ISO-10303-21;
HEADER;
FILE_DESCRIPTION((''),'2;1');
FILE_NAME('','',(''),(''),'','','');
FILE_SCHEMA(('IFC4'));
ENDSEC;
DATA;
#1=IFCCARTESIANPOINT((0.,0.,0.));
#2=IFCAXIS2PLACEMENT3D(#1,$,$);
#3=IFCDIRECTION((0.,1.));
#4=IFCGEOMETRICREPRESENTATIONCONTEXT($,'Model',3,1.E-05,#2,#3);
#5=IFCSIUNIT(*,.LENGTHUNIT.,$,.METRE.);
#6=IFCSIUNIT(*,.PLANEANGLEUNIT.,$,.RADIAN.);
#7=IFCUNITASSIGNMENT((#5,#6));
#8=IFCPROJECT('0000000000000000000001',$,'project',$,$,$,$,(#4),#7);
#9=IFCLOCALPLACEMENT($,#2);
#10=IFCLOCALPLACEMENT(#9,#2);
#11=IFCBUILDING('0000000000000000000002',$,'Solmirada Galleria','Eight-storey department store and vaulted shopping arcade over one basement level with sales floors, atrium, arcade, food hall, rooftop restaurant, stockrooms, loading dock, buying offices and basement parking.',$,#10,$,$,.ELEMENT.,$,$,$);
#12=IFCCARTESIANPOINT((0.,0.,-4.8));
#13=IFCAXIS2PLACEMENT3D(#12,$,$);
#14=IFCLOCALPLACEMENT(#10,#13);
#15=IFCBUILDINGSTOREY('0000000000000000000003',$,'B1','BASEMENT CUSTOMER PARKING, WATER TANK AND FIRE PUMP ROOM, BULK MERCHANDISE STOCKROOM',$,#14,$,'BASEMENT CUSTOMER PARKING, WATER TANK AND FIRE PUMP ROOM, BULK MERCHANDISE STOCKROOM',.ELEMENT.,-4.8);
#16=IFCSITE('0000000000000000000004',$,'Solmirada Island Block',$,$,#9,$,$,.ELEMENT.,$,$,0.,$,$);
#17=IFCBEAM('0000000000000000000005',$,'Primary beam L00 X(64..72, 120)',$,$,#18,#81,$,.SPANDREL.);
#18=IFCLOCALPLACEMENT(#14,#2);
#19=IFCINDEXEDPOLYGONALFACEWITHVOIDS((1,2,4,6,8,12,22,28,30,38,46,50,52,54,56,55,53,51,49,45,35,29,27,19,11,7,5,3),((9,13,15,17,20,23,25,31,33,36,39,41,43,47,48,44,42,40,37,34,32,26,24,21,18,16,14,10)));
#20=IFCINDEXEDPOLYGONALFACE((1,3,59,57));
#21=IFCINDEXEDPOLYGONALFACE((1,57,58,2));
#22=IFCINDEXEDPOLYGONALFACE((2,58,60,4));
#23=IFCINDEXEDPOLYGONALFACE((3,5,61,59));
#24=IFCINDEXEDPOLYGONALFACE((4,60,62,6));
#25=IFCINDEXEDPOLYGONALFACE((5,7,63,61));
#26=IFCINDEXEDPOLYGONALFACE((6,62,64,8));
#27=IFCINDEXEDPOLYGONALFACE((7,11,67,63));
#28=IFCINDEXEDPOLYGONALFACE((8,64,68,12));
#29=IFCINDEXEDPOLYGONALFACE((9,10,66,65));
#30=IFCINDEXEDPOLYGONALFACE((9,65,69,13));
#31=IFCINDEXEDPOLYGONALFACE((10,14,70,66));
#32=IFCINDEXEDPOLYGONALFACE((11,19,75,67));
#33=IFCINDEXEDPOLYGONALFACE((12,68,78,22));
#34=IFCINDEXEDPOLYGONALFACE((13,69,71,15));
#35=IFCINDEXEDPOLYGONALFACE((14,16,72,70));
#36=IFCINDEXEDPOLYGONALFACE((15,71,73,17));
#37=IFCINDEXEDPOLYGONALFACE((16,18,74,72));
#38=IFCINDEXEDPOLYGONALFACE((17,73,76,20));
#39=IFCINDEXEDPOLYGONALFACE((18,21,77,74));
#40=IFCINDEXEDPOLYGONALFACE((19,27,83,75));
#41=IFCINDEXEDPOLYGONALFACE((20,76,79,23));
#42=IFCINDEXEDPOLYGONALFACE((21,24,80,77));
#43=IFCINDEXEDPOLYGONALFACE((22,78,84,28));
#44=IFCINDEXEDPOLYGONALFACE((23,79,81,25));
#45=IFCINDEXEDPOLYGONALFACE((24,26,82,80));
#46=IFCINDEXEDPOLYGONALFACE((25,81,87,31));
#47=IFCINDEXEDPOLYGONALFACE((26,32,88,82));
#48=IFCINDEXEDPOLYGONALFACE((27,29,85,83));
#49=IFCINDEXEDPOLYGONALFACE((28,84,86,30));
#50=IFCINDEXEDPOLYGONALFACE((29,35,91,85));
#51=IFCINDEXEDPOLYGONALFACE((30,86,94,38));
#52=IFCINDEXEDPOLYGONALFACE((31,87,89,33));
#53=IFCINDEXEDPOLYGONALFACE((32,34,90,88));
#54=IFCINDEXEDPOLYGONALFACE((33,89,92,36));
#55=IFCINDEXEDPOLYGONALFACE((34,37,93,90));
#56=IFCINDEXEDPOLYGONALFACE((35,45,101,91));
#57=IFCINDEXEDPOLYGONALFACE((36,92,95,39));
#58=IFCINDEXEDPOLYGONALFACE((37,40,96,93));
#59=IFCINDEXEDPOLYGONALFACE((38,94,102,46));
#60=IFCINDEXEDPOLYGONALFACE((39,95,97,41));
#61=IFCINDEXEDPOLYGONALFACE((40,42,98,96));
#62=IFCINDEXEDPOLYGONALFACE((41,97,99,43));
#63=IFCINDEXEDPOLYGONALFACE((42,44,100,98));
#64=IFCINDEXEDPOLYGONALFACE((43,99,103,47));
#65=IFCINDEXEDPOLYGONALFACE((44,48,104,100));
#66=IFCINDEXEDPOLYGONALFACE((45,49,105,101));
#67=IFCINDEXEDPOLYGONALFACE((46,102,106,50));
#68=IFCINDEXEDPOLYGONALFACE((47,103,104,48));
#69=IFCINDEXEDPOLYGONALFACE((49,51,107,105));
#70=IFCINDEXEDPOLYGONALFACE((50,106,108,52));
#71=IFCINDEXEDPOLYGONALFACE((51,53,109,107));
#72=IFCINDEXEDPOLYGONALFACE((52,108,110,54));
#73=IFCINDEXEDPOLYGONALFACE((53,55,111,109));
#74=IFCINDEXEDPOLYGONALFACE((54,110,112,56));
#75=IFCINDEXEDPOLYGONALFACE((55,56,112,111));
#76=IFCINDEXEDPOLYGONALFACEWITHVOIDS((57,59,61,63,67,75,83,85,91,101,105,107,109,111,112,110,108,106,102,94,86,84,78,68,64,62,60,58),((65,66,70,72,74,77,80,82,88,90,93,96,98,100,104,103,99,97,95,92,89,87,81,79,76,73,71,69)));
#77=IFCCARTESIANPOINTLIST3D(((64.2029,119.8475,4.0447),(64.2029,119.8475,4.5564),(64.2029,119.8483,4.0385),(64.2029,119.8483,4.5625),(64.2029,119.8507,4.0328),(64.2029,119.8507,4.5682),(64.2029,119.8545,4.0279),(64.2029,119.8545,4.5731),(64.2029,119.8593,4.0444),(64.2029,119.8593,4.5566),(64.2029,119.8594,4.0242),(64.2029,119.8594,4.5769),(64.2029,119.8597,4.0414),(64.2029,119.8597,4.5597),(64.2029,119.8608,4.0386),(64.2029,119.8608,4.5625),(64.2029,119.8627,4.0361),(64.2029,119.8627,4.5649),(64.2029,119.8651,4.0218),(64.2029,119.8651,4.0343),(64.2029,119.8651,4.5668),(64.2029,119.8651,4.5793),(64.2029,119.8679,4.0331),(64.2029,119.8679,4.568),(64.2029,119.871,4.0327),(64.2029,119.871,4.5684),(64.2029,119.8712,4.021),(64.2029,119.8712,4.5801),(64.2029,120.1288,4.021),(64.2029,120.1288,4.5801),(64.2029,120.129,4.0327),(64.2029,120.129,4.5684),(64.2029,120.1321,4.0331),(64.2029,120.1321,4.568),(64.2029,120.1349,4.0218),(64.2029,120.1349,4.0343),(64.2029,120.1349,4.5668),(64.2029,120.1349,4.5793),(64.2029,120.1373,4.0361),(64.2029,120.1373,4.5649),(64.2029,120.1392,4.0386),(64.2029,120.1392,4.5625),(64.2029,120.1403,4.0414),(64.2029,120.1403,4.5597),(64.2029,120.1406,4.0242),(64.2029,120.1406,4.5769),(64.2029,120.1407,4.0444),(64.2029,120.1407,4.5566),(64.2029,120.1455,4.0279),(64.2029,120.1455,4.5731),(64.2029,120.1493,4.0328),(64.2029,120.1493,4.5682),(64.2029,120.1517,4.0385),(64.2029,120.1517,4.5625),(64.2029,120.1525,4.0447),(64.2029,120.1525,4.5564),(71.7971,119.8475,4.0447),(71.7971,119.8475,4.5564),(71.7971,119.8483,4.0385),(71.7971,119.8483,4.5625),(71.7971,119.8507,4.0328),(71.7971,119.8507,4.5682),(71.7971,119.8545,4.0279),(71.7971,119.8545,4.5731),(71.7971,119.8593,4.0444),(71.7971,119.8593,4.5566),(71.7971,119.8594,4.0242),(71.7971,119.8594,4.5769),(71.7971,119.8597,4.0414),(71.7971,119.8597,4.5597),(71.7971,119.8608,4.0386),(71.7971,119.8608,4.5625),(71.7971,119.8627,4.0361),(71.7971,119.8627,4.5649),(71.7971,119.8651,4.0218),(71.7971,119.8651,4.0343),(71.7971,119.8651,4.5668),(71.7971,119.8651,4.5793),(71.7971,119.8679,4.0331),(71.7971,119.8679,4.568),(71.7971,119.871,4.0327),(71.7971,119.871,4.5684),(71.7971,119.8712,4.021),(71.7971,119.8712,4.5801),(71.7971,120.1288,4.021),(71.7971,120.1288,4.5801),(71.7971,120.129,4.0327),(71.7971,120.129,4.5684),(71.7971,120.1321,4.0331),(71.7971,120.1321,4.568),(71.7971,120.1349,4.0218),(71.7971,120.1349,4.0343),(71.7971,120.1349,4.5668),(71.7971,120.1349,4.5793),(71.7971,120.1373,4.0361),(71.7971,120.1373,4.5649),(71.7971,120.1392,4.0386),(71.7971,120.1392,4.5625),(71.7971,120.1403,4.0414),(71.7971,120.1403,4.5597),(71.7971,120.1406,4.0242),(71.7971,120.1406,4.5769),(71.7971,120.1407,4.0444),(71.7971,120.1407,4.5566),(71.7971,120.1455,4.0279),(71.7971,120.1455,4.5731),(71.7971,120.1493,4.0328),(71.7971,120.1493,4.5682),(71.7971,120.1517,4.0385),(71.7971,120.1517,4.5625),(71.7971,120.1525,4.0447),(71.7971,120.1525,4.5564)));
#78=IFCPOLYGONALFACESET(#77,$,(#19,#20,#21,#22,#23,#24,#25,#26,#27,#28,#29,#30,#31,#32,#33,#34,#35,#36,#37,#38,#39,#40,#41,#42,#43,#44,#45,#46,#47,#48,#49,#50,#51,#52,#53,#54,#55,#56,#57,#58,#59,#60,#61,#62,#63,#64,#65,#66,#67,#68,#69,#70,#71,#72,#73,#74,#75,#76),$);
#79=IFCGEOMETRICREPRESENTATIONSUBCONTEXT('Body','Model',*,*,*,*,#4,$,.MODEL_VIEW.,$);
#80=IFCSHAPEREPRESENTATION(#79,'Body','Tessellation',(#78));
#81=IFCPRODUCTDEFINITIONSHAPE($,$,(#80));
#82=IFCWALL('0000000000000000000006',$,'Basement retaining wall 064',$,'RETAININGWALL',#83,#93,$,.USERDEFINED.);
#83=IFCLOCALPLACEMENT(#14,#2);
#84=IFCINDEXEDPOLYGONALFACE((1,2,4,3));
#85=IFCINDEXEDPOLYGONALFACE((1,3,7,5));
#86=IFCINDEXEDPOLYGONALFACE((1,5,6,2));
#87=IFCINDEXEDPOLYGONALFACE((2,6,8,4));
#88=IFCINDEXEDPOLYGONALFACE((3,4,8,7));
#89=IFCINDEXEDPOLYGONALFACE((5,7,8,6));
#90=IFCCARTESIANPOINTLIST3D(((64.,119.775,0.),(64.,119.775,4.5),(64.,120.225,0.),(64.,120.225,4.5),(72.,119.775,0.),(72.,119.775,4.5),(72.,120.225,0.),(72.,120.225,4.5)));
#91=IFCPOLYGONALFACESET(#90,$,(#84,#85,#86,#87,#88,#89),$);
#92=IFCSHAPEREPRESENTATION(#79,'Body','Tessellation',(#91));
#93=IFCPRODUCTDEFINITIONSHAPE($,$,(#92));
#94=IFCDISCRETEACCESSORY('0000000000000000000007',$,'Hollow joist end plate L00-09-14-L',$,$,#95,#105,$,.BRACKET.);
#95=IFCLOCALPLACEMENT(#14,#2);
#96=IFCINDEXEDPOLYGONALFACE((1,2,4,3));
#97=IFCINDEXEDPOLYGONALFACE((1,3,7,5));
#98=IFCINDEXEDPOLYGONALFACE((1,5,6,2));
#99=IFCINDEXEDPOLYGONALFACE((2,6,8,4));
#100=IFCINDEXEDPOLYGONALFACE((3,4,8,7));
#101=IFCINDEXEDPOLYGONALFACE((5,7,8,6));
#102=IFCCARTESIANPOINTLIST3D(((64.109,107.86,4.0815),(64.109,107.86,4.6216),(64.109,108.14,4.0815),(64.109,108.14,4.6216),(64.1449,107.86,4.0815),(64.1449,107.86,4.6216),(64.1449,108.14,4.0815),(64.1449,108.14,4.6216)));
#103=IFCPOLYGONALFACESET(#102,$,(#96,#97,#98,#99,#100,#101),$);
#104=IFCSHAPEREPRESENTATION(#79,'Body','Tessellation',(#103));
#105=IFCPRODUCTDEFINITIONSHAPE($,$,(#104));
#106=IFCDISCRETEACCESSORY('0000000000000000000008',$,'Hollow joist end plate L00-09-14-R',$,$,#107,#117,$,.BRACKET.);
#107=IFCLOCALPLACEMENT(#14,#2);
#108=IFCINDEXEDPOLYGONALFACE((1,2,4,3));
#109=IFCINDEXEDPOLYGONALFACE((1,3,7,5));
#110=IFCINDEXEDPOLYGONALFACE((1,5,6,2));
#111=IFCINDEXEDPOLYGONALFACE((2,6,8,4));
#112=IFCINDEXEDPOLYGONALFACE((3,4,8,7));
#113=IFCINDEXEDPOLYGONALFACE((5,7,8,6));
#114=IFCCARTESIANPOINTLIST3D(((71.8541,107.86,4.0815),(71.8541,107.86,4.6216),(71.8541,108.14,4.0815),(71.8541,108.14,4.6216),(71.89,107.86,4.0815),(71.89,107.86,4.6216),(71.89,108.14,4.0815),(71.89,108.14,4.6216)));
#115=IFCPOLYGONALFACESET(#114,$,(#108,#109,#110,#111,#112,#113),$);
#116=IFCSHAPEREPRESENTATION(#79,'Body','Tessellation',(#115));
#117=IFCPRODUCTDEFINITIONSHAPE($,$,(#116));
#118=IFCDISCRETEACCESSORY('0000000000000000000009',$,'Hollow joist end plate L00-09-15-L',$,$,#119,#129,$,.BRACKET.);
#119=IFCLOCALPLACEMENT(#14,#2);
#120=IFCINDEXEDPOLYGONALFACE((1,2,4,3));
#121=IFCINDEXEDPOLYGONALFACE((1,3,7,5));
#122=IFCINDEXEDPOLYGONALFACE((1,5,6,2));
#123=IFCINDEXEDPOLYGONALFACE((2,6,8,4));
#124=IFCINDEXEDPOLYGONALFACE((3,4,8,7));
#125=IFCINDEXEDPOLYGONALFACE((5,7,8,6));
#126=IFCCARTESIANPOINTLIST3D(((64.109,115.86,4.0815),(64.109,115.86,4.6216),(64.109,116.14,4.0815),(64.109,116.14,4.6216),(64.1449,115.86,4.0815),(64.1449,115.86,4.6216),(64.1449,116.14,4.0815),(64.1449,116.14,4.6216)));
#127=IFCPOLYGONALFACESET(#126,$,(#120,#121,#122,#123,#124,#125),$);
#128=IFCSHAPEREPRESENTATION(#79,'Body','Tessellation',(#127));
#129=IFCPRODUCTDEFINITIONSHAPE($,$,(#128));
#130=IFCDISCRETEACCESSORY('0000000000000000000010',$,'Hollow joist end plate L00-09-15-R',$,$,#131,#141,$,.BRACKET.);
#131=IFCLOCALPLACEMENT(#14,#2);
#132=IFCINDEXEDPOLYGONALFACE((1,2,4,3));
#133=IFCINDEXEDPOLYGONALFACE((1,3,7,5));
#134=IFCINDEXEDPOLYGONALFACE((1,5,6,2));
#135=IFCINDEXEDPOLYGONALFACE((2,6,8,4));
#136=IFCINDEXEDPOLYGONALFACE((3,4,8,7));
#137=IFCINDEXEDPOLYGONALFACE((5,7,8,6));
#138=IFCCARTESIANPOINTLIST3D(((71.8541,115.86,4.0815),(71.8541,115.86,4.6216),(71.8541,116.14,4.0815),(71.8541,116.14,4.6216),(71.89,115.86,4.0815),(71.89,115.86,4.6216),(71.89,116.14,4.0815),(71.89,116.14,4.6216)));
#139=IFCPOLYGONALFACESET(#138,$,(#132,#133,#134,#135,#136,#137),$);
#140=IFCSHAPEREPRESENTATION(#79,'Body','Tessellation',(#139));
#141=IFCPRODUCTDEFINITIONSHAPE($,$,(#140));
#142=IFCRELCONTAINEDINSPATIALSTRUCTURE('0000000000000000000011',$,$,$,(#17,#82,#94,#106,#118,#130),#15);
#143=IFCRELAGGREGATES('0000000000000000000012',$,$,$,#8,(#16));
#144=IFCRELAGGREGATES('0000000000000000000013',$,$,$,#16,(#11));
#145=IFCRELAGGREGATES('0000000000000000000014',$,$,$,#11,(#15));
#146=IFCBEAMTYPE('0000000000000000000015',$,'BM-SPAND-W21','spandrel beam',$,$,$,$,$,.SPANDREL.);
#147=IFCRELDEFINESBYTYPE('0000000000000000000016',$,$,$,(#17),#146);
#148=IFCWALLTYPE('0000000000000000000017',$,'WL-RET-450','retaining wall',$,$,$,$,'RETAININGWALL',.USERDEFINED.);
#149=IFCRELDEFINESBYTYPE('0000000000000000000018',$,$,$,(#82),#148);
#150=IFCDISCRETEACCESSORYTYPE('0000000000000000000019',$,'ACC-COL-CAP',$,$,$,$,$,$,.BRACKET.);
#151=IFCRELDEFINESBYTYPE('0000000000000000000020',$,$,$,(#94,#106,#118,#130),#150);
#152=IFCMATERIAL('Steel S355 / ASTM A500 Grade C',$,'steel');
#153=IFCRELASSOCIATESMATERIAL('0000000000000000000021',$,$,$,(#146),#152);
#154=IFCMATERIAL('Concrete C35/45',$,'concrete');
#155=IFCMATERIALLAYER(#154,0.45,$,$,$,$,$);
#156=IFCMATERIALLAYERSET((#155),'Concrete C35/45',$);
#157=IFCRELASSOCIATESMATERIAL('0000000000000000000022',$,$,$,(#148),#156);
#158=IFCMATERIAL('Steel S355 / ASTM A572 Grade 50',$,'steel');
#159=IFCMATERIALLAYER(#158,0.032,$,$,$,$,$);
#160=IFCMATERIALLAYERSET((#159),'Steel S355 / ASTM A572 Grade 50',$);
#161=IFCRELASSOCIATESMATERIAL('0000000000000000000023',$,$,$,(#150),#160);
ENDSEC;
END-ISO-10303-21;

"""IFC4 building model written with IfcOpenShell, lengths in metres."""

from ifc_helpers import new_model, si_unit, direction, frame, frame_2d, origin, origin_2d, place, context, subcontext, project, spatial, rectangle, hollow_rectangle, extrude, material, layer, layer_set, material_profile, profile_set, type_object, element, save


model = new_model("IFC4")

# Units and contexts
model_context = context("Model", 3, precision=1e-05, world=origin(), true_north=direction((0.0, 1.0)))
body_context = subcontext(model_context, "Body", "Model", "MODEL_VIEW")
ifc_project = project(units=[si_unit("LENGTHUNIT", "METRE"), si_unit("PLANEANGLEUNIT", "RADIAN")], contexts=[model_context])

# Site, building, storey
site_placement = place(None, origin())
site = spatial("IfcSite", under=ifc_project, at=site_placement, Name="Solmirada Island Block", CompositionType="ELEMENT", RefElevation=0.0)
building_placement = place(site_placement, origin())
building = spatial("IfcBuilding", under=site, at=building_placement, Name="Solmirada Galleria", Description="Eight-storey department store and vaulted shopping arcade over one basement level with sales floors, atrium, arcade, food hall, rooftop restaurant, stockrooms, loading dock, buying offices and basement parking.", CompositionType="ELEMENT")
storey_placement = place(building_placement, frame((0.0, 0.0, -4.8)))
storey = spatial("IfcBuildingStorey", under=building, at=storey_placement, Name="B1", Description="BASEMENT CUSTOMER PARKING, WATER TANK AND FIRE PUMP ROOM, BULK MERCHANDISE STOCKROOM", LongName="BASEMENT CUSTOMER PARKING, WATER TANK AND FIRE PUMP ROOM, BULK MERCHANDISE STOCKROOM", CompositionType="ELEMENT", Elevation=-4.8)

# Shared definitions
ifc_material_1 = material(Name="Concrete C35/45", Category="concrete")

# Shared definitions
ifc_material_2 = material(Name="Steel S355 / ASTM A500 Grade C", Category="steel")

# Beam
ifc_material_profile_1 = material_profile(ifc_material_2, hollow_rectangle(XDim=0.3049, YDim=0.5591, WallThickness=0.0117, InnerFilletRadius=0.0117, OuterFilletRadius=0.0237, at=origin_2d()), Name="HSS22X12X1/2")
ifc_profile_set_1 = profile_set([ifc_material_profile_1], Name="Steel S355 / ASTM A500 Grade C")
beam_type_1 = type_object("IfcBeamType", Name="BM-SPAND-W21", Description="spandrel beam", PredefinedType="SPANDREL", material=ifc_profile_set_1)
beam_1_placement = place(storey_placement, frame((64.2029, 120.0, 4.3005), z_axis=(1.0, 0.0, 0.0), x_axis=(0.0, 1.0, 0.0)))
element("IfcBeam", 1, at=beam_1_placement, inside=storey, type_object=beam_type_1, Name="Primary beam L00 X(64..72, 120)", PredefinedType="SPANDREL", context=body_context, shape_type="SweptSolid", body=[
    extrude(hollow_rectangle(XDim=0.3049, YDim=0.5591, WallThickness=0.0117, InnerFilletRadius=0.0117, OuterFilletRadius=0.0237, at=origin_2d()), origin(), (0.0, 0.0, 1.0), 7.5942),
])

# Wall
ifc_layer_1 = layer(ifc_material_1, 0.45)
ifc_layer_set_1 = layer_set([ifc_layer_1], Name="Concrete C35/45")
wall_type = type_object("IfcWallType", Name="WL-RET-450", Description="retaining wall", ElementType="RETAININGWALL", PredefinedType="USERDEFINED", material=ifc_layer_set_1)
wall_placement = place(storey_placement, frame((64.0, 120.0, 0.0), z_axis=(0.0, 0.0, 1.0), x_axis=(1.0, 0.0, 0.0)))
element("IfcWall", 2, at=wall_placement, inside=storey, type_object=wall_type, Name="Basement retaining wall 064", ObjectType="RETAININGWALL", PredefinedType="USERDEFINED", context=body_context, shape_type="SweptSolid", body=[
    extrude(rectangle(XDim=8.0, YDim=0.45, at=frame_2d((4.0, 0.0))), origin(), (0.0, 0.0, 1.0), 4.5),
])

# Discrete accessories
ifc_material_3 = material(Name="Steel S355 / ASTM A572 Grade 50", Category="steel")
ifc_layer_2 = layer(ifc_material_3, 0.032)
ifc_layer_set_2 = layer_set([ifc_layer_2], Name="Steel S355 / ASTM A572 Grade 50")
discrete_accessory_type = type_object("IfcDiscreteAccessoryType", Name="ACC-COL-CAP", PredefinedType="BRACKET", material=ifc_layer_set_2)
for number, where, z_axis, x_axis, name in (
    (3, (64.127, 108.0, 4.0815), (0.0, 0.0, 1.0), (1.0, 0.0, 0.0), "Hollow joist end plate L00-09-14-L"),
    (4, (71.8721, 108.0, 4.0815), (0.0, 0.0, 1.0), (1.0, 0.0, 0.0), "Hollow joist end plate L00-09-14-R"),
    (5, (64.127, 116.0, 4.0815), (0.0, 0.0, 1.0), (1.0, 0.0, 0.0), "Hollow joist end plate L00-09-15-L"),
    (6, (71.8721, 116.0, 4.0815), (0.0, 0.0, 1.0), (1.0, 0.0, 0.0), "Hollow joist end plate L00-09-15-R"),
):
    element("IfcDiscreteAccessory", number, at=place(storey_placement, frame(where, z_axis=z_axis, x_axis=x_axis)), inside=storey, type_object=discrete_accessory_type, Name=name, PredefinedType="BRACKET", context=body_context, shape_type="SweptSolid", body=[
        extrude(rectangle(XDim=0.0359, YDim=0.28, at=origin_2d()), origin(), (0.0, 0.0, 1.0), 0.54),
    ])

save(model, "model.ifc")
